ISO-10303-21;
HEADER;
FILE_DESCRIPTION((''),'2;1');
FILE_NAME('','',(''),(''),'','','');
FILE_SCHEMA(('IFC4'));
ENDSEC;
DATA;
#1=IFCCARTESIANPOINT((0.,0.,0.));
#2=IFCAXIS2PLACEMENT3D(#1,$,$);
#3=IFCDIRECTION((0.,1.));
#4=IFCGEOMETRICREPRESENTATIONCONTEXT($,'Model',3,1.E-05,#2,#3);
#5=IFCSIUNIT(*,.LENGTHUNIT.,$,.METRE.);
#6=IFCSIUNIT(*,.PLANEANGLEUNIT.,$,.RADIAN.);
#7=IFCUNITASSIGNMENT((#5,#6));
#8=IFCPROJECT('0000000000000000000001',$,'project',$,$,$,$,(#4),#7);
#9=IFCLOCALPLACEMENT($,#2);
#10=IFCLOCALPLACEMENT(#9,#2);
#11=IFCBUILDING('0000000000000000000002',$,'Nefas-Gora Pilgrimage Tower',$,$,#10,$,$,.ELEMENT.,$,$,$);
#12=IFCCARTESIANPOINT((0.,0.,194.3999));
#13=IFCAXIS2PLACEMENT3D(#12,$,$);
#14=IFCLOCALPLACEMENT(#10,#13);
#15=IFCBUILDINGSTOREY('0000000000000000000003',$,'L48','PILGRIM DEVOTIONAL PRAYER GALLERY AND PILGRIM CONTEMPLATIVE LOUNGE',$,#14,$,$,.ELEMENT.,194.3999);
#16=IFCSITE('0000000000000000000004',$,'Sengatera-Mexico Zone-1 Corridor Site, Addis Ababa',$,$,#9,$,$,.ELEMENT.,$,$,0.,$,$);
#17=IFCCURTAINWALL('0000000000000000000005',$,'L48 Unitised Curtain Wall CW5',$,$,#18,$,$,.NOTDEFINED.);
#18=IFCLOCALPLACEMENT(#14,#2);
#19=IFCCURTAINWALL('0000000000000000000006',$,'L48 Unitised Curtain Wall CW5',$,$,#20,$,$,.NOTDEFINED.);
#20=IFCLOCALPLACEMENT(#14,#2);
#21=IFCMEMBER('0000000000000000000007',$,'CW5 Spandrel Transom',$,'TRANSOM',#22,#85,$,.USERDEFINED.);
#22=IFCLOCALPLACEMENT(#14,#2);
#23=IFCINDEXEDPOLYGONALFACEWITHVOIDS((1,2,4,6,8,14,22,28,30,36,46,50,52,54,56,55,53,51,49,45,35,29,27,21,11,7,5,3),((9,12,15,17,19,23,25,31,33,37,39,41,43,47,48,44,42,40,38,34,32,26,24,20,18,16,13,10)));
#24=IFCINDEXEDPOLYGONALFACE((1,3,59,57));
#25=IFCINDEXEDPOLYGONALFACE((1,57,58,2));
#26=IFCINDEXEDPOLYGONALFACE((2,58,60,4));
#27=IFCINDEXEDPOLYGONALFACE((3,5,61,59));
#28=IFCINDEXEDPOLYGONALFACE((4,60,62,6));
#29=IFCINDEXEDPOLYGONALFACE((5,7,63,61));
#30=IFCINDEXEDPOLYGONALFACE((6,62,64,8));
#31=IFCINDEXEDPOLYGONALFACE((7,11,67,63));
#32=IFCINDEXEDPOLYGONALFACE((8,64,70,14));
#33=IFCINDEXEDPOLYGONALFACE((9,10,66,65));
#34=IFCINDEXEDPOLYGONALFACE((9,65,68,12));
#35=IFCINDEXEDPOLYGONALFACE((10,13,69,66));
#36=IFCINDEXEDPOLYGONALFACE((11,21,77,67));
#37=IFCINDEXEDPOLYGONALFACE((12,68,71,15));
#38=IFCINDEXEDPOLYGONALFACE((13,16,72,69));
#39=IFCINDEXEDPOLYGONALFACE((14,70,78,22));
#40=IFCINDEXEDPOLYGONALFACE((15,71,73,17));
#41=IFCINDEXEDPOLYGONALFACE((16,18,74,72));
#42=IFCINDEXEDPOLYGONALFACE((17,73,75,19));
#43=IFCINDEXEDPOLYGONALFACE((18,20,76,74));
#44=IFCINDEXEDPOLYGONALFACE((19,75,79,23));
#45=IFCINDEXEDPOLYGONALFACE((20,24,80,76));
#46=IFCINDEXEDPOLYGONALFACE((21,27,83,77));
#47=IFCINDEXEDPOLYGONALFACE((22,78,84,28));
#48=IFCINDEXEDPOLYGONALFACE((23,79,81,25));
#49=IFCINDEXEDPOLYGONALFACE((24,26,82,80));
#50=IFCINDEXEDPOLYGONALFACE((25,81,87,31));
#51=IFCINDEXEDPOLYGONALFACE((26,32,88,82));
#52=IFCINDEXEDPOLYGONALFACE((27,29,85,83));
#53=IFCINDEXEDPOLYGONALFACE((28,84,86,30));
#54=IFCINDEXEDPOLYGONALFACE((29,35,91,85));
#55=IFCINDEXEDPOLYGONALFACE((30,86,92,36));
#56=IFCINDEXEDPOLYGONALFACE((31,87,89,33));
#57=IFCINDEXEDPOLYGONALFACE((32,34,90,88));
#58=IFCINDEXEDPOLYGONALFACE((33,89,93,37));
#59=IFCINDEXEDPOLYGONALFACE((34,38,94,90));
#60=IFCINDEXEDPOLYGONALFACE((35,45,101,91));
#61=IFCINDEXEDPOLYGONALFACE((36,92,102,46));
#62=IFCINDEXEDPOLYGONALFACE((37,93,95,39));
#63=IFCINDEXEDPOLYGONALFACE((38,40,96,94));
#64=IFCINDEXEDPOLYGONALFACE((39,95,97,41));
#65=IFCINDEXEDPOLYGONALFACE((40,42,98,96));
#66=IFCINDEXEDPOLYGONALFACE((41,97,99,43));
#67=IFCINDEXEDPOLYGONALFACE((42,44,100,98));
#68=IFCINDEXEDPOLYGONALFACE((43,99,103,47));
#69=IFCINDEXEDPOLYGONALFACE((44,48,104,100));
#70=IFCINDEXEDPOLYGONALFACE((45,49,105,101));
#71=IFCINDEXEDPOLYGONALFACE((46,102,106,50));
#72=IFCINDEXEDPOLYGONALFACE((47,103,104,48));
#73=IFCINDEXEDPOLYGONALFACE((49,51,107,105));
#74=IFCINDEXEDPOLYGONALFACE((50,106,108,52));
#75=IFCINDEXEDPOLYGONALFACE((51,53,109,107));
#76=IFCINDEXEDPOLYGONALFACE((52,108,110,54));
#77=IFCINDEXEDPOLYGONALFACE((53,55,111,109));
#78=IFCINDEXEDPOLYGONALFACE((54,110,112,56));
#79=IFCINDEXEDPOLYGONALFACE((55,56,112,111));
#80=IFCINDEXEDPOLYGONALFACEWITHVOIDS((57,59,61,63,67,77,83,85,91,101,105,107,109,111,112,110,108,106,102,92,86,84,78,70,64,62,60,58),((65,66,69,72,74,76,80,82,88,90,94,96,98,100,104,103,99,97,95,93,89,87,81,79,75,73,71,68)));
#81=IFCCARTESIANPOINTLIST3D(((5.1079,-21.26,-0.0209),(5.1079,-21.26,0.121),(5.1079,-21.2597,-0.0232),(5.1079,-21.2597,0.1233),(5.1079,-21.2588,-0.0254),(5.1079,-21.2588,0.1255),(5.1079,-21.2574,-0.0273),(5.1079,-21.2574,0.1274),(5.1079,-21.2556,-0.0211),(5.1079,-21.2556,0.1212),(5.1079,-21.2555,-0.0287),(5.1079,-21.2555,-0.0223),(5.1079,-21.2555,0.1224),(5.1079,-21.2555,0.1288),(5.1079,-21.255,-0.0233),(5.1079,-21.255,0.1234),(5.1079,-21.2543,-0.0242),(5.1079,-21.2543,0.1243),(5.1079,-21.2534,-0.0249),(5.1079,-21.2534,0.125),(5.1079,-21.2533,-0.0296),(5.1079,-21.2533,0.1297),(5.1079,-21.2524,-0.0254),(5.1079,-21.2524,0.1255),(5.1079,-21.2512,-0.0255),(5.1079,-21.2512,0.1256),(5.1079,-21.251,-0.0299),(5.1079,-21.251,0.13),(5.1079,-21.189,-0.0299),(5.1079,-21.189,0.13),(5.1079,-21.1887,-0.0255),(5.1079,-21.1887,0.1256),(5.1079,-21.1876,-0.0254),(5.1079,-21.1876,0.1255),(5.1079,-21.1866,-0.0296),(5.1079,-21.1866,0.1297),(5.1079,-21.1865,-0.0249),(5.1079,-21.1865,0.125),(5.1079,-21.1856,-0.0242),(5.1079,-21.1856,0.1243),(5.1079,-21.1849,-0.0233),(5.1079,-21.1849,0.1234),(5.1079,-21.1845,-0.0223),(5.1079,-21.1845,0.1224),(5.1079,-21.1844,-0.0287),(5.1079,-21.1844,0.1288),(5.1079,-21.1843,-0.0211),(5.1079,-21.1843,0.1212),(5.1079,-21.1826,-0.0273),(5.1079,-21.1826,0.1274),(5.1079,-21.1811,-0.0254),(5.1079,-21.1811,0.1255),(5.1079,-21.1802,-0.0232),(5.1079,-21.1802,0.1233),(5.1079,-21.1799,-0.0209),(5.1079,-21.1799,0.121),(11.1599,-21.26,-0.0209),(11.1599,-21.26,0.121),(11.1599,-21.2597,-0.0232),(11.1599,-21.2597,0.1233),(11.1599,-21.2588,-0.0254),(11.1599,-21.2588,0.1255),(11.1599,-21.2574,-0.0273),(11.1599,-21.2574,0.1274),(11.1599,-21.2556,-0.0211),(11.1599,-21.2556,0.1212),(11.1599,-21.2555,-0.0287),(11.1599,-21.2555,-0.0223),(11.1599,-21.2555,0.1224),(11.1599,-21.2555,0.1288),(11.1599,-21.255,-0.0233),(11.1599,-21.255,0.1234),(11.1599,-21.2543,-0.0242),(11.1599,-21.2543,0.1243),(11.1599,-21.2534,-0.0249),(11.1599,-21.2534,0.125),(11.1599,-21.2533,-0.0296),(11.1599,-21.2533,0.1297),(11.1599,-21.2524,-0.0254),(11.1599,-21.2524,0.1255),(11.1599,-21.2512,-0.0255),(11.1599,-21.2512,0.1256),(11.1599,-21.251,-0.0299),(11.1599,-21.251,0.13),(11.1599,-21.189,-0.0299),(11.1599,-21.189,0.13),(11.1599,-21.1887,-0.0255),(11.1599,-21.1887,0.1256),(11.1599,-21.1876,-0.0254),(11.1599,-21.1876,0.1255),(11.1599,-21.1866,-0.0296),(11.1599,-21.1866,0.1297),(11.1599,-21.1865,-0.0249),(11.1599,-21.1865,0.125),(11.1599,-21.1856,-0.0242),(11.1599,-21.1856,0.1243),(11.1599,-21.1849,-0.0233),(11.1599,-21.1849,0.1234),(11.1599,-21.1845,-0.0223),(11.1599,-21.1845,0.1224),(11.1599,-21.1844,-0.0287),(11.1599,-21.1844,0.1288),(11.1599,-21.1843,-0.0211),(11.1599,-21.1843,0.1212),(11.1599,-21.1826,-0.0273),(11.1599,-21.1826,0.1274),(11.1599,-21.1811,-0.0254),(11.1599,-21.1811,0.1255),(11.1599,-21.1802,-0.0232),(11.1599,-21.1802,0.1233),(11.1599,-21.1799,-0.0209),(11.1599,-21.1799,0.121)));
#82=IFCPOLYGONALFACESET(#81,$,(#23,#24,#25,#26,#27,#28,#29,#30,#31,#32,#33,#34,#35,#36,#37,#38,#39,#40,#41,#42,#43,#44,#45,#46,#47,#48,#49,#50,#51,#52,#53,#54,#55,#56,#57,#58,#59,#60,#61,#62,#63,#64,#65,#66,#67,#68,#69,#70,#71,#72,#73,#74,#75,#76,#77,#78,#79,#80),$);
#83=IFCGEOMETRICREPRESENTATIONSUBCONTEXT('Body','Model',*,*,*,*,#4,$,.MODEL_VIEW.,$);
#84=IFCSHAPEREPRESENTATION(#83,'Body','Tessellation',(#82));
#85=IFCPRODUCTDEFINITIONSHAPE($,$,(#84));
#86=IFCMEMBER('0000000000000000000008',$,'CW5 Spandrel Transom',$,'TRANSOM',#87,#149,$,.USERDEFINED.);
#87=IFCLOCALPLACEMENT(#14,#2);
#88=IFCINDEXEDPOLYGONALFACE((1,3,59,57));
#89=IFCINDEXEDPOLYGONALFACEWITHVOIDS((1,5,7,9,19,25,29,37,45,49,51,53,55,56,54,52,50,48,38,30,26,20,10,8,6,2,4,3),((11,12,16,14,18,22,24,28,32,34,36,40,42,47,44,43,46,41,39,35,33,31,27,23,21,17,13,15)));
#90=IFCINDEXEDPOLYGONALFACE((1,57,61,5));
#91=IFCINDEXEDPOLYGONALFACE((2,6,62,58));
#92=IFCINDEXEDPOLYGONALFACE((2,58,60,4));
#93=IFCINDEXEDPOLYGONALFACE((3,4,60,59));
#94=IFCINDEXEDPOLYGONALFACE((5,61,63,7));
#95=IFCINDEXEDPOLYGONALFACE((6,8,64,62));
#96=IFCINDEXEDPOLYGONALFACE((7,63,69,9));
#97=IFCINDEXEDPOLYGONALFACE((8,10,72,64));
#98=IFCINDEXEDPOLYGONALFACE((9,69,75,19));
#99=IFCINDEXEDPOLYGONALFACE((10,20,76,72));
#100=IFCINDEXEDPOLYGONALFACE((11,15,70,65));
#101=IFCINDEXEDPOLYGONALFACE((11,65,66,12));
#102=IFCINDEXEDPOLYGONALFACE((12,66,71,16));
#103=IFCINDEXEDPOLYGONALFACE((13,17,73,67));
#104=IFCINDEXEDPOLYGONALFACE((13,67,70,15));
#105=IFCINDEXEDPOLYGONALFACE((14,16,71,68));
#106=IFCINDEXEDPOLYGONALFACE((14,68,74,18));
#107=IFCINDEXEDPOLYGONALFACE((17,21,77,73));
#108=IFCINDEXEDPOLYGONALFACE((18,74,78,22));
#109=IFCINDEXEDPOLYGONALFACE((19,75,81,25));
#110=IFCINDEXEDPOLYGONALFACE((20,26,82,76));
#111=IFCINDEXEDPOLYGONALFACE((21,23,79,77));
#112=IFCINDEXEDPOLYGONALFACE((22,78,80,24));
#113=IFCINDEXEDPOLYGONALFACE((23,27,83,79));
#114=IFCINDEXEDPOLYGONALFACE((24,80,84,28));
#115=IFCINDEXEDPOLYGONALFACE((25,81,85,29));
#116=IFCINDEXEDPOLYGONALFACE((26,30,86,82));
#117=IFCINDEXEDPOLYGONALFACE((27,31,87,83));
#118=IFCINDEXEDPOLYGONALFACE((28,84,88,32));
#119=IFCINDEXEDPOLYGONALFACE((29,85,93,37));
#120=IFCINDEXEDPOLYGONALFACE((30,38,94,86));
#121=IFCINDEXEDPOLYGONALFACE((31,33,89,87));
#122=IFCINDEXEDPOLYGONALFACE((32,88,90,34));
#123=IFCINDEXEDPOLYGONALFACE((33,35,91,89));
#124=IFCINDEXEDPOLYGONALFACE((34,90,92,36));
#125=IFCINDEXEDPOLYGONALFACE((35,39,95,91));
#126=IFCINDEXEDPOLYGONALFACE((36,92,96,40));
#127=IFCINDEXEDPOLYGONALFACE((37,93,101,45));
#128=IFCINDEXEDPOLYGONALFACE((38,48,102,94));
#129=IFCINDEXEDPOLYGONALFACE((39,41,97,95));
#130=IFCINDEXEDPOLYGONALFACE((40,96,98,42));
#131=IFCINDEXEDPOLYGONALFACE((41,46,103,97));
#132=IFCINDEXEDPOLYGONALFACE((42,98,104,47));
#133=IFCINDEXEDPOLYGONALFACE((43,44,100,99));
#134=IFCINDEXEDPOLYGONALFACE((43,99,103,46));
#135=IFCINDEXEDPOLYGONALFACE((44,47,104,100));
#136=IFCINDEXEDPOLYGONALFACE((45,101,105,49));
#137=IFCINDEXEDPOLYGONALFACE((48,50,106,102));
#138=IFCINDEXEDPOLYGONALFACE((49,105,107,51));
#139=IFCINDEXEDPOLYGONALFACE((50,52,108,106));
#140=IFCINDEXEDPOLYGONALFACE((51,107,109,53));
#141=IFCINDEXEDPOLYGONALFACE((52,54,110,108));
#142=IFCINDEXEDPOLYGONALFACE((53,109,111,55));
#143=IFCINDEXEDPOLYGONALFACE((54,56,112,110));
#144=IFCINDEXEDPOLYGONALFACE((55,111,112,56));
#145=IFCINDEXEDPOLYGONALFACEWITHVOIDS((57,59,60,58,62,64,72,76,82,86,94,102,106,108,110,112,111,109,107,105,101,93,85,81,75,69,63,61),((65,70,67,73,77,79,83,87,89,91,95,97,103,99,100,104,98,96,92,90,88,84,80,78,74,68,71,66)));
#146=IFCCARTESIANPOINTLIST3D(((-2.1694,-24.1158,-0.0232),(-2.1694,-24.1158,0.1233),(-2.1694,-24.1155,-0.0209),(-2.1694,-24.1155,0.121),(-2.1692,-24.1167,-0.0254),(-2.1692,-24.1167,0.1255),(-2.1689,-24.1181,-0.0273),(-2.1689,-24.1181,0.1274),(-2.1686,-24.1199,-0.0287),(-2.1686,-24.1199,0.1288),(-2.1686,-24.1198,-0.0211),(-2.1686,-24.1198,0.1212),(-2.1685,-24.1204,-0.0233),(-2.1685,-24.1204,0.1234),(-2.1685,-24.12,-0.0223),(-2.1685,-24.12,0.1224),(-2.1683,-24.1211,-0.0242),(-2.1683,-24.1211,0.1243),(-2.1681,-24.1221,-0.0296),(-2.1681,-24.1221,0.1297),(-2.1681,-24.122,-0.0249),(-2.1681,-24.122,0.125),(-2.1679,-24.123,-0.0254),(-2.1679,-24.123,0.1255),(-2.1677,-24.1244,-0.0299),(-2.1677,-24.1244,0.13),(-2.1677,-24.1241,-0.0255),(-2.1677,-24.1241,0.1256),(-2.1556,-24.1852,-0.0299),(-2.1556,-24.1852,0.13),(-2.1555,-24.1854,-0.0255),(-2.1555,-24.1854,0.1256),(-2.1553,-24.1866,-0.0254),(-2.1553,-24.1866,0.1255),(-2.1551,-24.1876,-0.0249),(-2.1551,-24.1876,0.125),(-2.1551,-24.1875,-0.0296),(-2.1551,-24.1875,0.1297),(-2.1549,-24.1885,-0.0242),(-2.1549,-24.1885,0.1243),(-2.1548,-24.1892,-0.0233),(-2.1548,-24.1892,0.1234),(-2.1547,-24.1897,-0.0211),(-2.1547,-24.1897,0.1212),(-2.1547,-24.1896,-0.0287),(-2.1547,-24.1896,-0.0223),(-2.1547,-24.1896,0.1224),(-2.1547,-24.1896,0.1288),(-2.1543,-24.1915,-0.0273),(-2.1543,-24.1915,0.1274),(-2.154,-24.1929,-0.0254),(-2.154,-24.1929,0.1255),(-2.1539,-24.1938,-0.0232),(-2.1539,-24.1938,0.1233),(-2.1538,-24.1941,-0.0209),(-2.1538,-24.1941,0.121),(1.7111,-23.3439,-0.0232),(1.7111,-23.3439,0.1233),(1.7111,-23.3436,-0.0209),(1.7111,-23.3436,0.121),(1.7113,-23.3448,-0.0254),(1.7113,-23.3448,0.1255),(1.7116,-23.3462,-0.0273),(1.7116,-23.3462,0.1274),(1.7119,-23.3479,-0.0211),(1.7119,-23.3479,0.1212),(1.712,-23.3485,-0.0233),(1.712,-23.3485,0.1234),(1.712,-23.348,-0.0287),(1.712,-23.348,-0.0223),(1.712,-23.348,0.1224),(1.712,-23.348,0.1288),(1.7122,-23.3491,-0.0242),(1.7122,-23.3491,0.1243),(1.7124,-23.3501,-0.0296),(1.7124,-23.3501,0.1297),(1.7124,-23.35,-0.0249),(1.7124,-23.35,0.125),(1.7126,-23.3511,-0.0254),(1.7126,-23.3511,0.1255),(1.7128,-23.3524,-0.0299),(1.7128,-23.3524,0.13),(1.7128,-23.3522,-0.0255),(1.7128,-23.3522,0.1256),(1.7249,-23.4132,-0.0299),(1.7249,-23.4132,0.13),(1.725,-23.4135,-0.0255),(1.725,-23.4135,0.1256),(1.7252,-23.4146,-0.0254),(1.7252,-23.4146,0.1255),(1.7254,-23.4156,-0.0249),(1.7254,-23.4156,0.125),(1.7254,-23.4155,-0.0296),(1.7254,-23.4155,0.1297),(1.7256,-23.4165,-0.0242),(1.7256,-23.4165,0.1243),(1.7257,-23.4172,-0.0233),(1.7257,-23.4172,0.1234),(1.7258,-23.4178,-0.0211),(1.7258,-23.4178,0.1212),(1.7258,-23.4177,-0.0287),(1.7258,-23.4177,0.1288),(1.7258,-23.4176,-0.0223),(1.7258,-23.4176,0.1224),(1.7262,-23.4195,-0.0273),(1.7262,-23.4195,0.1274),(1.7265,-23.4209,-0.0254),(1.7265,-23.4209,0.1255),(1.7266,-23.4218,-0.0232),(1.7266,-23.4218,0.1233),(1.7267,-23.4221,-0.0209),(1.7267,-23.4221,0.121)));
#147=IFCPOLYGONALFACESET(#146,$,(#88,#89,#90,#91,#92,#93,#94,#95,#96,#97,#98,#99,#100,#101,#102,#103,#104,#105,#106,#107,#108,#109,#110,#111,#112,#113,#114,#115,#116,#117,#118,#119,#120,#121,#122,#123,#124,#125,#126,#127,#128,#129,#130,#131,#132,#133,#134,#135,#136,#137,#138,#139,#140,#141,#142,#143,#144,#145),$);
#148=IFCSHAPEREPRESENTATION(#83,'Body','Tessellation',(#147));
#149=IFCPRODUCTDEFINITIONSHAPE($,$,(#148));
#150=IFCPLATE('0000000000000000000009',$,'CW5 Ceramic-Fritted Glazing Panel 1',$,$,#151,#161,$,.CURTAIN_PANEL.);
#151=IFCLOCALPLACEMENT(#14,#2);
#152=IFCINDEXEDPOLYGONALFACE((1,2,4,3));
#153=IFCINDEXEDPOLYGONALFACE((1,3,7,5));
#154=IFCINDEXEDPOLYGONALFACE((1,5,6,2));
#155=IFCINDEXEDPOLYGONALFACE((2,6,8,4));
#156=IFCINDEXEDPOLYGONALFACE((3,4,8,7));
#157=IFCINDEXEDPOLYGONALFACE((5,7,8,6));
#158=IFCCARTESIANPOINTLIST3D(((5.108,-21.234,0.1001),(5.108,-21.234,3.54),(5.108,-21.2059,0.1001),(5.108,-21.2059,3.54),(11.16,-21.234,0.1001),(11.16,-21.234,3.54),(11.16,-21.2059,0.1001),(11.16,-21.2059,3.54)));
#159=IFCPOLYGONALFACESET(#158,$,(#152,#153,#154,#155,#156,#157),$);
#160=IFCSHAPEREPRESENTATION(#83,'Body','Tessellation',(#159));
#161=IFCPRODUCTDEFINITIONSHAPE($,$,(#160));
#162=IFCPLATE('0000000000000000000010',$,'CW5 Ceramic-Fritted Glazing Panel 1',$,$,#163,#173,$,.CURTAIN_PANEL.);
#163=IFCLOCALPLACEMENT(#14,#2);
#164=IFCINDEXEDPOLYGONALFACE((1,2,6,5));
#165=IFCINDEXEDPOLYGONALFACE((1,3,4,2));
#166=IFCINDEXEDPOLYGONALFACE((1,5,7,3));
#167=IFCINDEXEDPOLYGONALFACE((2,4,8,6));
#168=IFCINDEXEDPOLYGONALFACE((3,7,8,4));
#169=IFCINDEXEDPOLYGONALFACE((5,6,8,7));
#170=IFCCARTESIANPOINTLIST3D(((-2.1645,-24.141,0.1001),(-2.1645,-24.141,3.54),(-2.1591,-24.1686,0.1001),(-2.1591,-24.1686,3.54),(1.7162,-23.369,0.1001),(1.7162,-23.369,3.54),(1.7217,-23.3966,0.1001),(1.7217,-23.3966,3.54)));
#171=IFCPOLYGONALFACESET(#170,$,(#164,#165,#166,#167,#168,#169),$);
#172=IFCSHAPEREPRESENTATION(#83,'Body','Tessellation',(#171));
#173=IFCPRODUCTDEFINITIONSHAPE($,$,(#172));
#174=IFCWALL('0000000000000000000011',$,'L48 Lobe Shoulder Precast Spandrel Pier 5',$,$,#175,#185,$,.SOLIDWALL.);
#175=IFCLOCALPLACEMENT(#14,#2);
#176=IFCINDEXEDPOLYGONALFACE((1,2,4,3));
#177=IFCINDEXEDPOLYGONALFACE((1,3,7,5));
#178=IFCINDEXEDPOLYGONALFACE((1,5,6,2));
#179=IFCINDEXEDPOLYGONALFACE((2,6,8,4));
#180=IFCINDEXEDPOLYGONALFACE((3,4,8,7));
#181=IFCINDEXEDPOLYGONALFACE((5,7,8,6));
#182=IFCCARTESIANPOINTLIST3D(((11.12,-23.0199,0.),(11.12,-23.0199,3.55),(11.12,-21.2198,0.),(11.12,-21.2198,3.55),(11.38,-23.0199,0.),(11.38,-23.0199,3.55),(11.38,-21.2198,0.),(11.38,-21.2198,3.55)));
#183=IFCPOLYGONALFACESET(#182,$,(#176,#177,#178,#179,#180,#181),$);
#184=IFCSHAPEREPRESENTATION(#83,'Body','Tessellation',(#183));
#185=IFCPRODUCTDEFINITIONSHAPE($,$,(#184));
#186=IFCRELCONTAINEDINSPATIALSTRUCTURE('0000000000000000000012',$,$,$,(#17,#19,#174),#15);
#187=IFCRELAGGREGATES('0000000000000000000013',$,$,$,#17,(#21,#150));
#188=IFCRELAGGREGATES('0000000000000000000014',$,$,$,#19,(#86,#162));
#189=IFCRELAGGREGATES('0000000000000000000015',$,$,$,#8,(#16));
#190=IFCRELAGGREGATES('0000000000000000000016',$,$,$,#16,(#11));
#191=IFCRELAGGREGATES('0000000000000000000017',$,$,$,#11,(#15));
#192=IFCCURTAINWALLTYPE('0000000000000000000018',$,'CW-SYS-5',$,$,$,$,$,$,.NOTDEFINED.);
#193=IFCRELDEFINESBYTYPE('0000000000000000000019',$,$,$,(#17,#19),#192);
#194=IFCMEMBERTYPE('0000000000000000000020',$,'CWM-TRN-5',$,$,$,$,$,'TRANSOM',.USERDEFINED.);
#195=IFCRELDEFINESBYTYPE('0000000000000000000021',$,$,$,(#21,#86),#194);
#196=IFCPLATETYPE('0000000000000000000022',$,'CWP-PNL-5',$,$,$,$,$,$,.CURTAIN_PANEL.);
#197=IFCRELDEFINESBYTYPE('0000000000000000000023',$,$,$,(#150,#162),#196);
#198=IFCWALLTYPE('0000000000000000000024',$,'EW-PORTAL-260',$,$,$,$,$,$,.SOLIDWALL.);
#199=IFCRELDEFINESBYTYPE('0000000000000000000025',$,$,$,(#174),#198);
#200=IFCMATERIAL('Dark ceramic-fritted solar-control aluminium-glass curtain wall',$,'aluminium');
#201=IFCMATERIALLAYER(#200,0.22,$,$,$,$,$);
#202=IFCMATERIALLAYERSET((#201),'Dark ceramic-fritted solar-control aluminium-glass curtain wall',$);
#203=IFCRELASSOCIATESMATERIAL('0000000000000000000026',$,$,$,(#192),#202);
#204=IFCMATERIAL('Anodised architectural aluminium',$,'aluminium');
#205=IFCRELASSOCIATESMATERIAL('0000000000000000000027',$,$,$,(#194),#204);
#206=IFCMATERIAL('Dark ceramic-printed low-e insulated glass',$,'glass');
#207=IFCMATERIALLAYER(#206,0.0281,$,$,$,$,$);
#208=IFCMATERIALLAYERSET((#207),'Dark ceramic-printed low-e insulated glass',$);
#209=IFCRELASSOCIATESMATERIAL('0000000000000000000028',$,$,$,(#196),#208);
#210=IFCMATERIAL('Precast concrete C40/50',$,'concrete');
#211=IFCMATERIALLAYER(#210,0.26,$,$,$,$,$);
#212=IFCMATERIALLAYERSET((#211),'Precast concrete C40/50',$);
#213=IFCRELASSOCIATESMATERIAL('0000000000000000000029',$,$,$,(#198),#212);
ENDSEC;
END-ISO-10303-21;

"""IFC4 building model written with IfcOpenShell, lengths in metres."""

from ifc_helpers import new_model, si_unit, direction, frame, frame_2d, origin, origin_2d, place, context, subcontext, project, spatial, rectangle, hollow_rectangle, extrude, source, transform, mapped, material, layer, layer_set, material_profile, profile_set, type_object, element, aggregate, save


model = new_model("IFC4")

# Units and contexts
model_context = context("Model", 3, precision=1e-05, world=origin(), true_north=direction((0.0, 1.0)))
body_context = subcontext(model_context, "Body", "Model", "MODEL_VIEW")
ifc_project = project(units=[si_unit("LENGTHUNIT", "METRE"), si_unit("PLANEANGLEUNIT", "RADIAN")], contexts=[model_context])

# Site, building, storey
site_placement = place(None, origin())
site = spatial("IfcSite", under=ifc_project, at=site_placement, Name="Sengatera-Mexico Zone-1 Corridor Site, Addis Ababa", CompositionType="ELEMENT", RefElevation=0.0)
building_placement = place(site_placement, origin())
building = spatial("IfcBuilding", under=site, at=building_placement, Name="Nefas-Gora Pilgrimage Tower", CompositionType="ELEMENT")
storey_placement = place(building_placement, frame((0.0, 0.0, 194.3999)))
storey = spatial("IfcBuildingStorey", under=building, at=storey_placement, Name="L48", Description="PILGRIM DEVOTIONAL PRAYER GALLERY AND PILGRIM CONTEMPLATIVE LOUNGE", CompositionType="ELEMENT", Elevation=194.3999)

# Curtain walls
ifc_material_1 = material(Name="Dark ceramic-fritted solar-control aluminium-glass curtain wall", Category="aluminium")
ifc_layer_1 = layer(ifc_material_1, 0.22)
ifc_layer_set_1 = layer_set([ifc_layer_1], Name="Dark ceramic-fritted solar-control aluminium-glass curtain wall")
curtain_wall_type = type_object("IfcCurtainWallType", Name="CW-SYS-5", PredefinedType="NOTDEFINED", material=ifc_layer_set_1)
curtain_wall_1_placement = place(storey_placement, origin())
curtain_wall_1 = element("IfcCurtainWall", 1, at=curtain_wall_1_placement, inside=storey, type_object=curtain_wall_type, Name="L48 Unitised Curtain Wall CW5", PredefinedType="NOTDEFINED")
ifc_material_2 = material(Name="Anodised architectural aluminium", Category="aluminium")
curtain_wall_2_placement = place(storey_placement, origin())
curtain_wall_2 = element("IfcCurtainWall", 2, at=curtain_wall_2_placement, inside=storey, type_object=curtain_wall_type, Name="L48 Unitised Curtain Wall CW5", PredefinedType="NOTDEFINED")

# Members
ifc_material_profile_1 = material_profile(ifc_material_2, hollow_rectangle(XDim=0.0801, YDim=0.1599, WallThickness=0.0044, InnerFilletRadius=0.0044, OuterFilletRadius=0.009, at=origin_2d()), Name="ALU TRANSOM 80x160")
ifc_profile_set_1 = profile_set([ifc_material_profile_1], Name="Anodised architectural aluminium")
member_type_1 = type_object("IfcMemberType", Name="CWM-TRN-5", ElementType="TRANSOM", PredefinedType="USERDEFINED", material=ifc_profile_set_1)
shared_shape_1 = source(origin(), body_context, "Body", "SweptSolid", [
    extrude(hollow_rectangle(XDim=0.0801, YDim=0.1599, WallThickness=0.0044, InnerFilletRadius=0.0044, OuterFilletRadius=0.009, at=origin_2d()), origin(), (0.0, 0.0, 1.0), 6.052),
])
member_1_placement = place(storey_placement, frame((5.1079, -21.22, 0.05), z_axis=(1.0, 0.0, 0.0), x_axis=(0.0, 1.0, 0.0)))
member_1 = element("IfcMember", 3, at=member_1_placement, type_object=member_type_1, Name="CW5 Spandrel Transom", ObjectType="TRANSOM", PredefinedType="USERDEFINED", context=body_context, shape_type="MappedRepresentation", body=[
    mapped(shared_shape_1, transform((0.0, 0.0, 0.0), x_axis=(1.0, 0.0, 0.0), y_axis=(0.0, 1.0, 0.0), z_axis=(0.0, 0.0, 1.0), scale=1.0)),
])
shared_shape_2 = source(origin(), body_context, "Body", "SweptSolid", [
    extrude(hollow_rectangle(XDim=0.0801, YDim=0.1599, WallThickness=0.0044, InnerFilletRadius=0.0044, OuterFilletRadius=0.009, at=origin_2d()), origin(), (0.0, 0.0, 1.0), 3.9565),
])
member_2_placement = place(storey_placement, frame((-2.1616, -24.1548, 0.05), z_axis=(0.980782, 0.195107, 0.0), x_axis=(-0.195107, 0.980782, 0.0)))
member_2 = element("IfcMember", 4, at=member_2_placement, type_object=member_type_1, Name="CW5 Spandrel Transom", ObjectType="TRANSOM", PredefinedType="USERDEFINED", context=body_context, shape_type="MappedRepresentation", body=[
    mapped(shared_shape_2, transform((0.0, 0.0, 0.0), x_axis=(1.0, 0.0, 0.0), y_axis=(0.0, 1.0, 0.0), z_axis=(0.0, 0.0, 1.0), scale=1.0)),
])

# Plates
ifc_material_3 = material(Name="Dark ceramic-printed low-e insulated glass", Category="glass")
ifc_layer_2 = layer(ifc_material_3, 0.0281)
ifc_layer_set_2 = layer_set([ifc_layer_2], Name="Dark ceramic-printed low-e insulated glass")
plate_type = type_object("IfcPlateType", Name="CWP-PNL-5", PredefinedType="CURTAIN_PANEL", material=ifc_layer_set_2)
shared_shape_3 = source(origin(), body_context, "Body", "SweptSolid", [
    extrude(rectangle(XDim=6.052, YDim=0.0281, at=origin_2d()), origin(), (0.0, 0.0, 1.0), 3.4399),
])
plate_1_placement = place(storey_placement, frame((8.134, -21.22, 0.1001), z_axis=(0.0, 0.0, 1.0), x_axis=(1.0, 0.0, 0.0)))
plate_1 = element("IfcPlate", 5, at=plate_1_placement, type_object=plate_type, Name="CW5 Ceramic-Fritted Glazing Panel 1", PredefinedType="CURTAIN_PANEL", context=body_context, shape_type="MappedRepresentation", body=[
    mapped(shared_shape_3, transform((0.0, 0.0, 0.0), x_axis=(1.0, 0.0, 0.0), y_axis=(0.0, 1.0, 0.0), z_axis=(0.0, 0.0, 1.0), scale=1.0)),
])
aggregate(curtain_wall_1, [member_1, plate_1])
shared_shape_4 = source(origin(), body_context, "Body", "SweptSolid", [
    extrude(rectangle(XDim=3.9568, YDim=0.0281, at=origin_2d()), origin(), (0.0, 0.0, 1.0), 3.4399),
])
plate_2_placement = place(storey_placement, frame((-0.2214, -23.7688, 0.1001), z_axis=(0.0, 0.0, 1.0), x_axis=(0.980783, 0.195102, 0.0)))
plate_2 = element("IfcPlate", 6, at=plate_2_placement, type_object=plate_type, Name="CW5 Ceramic-Fritted Glazing Panel 1", PredefinedType="CURTAIN_PANEL", context=body_context, shape_type="MappedRepresentation", body=[
    mapped(shared_shape_4, transform((0.0, 0.0, 0.0), x_axis=(1.0, 0.0, 0.0), y_axis=(0.0, 1.0, 0.0), z_axis=(0.0, 0.0, 1.0), scale=1.0)),
])
aggregate(curtain_wall_2, [member_2, plate_2])

# Wall
ifc_material_4 = material(Name="Precast concrete C40/50", Category="concrete")
ifc_layer_3 = layer(ifc_material_4, 0.26)
ifc_layer_set_3 = layer_set([ifc_layer_3], Name="Precast concrete C40/50")
wall_type_1 = type_object("IfcWallType", Name="EW-PORTAL-260", PredefinedType="SOLIDWALL", material=ifc_layer_set_3)
shared_shape_5 = source(origin(), body_context, "Body", "SweptSolid", [
    extrude(rectangle(XDim=1.8, YDim=0.26, at=frame_2d((0.8999, 0.0))), origin(), (0.0, 0.0, 1.0), 3.55),
])
wall_1_placement = place(storey_placement, frame((11.25, -21.22, 0.0), z_axis=(0.0, 0.0, 1.0), x_axis=(0.0, -1.0, 0.0)))
element("IfcWall", 7, at=wall_1_placement, inside=storey, type_object=wall_type_1, Name="L48 Lobe Shoulder Precast Spandrel Pier 5", PredefinedType="SOLIDWALL", context=body_context, shape_type="MappedRepresentation", body=[
    mapped(shared_shape_5, transform((0.0, 0.0, 0.0), x_axis=(1.0, 0.0, 0.0), y_axis=(0.0, 1.0, 0.0), z_axis=(0.0, 0.0, 1.0), scale=1.0)),
])

save(model, "model.ifc")
